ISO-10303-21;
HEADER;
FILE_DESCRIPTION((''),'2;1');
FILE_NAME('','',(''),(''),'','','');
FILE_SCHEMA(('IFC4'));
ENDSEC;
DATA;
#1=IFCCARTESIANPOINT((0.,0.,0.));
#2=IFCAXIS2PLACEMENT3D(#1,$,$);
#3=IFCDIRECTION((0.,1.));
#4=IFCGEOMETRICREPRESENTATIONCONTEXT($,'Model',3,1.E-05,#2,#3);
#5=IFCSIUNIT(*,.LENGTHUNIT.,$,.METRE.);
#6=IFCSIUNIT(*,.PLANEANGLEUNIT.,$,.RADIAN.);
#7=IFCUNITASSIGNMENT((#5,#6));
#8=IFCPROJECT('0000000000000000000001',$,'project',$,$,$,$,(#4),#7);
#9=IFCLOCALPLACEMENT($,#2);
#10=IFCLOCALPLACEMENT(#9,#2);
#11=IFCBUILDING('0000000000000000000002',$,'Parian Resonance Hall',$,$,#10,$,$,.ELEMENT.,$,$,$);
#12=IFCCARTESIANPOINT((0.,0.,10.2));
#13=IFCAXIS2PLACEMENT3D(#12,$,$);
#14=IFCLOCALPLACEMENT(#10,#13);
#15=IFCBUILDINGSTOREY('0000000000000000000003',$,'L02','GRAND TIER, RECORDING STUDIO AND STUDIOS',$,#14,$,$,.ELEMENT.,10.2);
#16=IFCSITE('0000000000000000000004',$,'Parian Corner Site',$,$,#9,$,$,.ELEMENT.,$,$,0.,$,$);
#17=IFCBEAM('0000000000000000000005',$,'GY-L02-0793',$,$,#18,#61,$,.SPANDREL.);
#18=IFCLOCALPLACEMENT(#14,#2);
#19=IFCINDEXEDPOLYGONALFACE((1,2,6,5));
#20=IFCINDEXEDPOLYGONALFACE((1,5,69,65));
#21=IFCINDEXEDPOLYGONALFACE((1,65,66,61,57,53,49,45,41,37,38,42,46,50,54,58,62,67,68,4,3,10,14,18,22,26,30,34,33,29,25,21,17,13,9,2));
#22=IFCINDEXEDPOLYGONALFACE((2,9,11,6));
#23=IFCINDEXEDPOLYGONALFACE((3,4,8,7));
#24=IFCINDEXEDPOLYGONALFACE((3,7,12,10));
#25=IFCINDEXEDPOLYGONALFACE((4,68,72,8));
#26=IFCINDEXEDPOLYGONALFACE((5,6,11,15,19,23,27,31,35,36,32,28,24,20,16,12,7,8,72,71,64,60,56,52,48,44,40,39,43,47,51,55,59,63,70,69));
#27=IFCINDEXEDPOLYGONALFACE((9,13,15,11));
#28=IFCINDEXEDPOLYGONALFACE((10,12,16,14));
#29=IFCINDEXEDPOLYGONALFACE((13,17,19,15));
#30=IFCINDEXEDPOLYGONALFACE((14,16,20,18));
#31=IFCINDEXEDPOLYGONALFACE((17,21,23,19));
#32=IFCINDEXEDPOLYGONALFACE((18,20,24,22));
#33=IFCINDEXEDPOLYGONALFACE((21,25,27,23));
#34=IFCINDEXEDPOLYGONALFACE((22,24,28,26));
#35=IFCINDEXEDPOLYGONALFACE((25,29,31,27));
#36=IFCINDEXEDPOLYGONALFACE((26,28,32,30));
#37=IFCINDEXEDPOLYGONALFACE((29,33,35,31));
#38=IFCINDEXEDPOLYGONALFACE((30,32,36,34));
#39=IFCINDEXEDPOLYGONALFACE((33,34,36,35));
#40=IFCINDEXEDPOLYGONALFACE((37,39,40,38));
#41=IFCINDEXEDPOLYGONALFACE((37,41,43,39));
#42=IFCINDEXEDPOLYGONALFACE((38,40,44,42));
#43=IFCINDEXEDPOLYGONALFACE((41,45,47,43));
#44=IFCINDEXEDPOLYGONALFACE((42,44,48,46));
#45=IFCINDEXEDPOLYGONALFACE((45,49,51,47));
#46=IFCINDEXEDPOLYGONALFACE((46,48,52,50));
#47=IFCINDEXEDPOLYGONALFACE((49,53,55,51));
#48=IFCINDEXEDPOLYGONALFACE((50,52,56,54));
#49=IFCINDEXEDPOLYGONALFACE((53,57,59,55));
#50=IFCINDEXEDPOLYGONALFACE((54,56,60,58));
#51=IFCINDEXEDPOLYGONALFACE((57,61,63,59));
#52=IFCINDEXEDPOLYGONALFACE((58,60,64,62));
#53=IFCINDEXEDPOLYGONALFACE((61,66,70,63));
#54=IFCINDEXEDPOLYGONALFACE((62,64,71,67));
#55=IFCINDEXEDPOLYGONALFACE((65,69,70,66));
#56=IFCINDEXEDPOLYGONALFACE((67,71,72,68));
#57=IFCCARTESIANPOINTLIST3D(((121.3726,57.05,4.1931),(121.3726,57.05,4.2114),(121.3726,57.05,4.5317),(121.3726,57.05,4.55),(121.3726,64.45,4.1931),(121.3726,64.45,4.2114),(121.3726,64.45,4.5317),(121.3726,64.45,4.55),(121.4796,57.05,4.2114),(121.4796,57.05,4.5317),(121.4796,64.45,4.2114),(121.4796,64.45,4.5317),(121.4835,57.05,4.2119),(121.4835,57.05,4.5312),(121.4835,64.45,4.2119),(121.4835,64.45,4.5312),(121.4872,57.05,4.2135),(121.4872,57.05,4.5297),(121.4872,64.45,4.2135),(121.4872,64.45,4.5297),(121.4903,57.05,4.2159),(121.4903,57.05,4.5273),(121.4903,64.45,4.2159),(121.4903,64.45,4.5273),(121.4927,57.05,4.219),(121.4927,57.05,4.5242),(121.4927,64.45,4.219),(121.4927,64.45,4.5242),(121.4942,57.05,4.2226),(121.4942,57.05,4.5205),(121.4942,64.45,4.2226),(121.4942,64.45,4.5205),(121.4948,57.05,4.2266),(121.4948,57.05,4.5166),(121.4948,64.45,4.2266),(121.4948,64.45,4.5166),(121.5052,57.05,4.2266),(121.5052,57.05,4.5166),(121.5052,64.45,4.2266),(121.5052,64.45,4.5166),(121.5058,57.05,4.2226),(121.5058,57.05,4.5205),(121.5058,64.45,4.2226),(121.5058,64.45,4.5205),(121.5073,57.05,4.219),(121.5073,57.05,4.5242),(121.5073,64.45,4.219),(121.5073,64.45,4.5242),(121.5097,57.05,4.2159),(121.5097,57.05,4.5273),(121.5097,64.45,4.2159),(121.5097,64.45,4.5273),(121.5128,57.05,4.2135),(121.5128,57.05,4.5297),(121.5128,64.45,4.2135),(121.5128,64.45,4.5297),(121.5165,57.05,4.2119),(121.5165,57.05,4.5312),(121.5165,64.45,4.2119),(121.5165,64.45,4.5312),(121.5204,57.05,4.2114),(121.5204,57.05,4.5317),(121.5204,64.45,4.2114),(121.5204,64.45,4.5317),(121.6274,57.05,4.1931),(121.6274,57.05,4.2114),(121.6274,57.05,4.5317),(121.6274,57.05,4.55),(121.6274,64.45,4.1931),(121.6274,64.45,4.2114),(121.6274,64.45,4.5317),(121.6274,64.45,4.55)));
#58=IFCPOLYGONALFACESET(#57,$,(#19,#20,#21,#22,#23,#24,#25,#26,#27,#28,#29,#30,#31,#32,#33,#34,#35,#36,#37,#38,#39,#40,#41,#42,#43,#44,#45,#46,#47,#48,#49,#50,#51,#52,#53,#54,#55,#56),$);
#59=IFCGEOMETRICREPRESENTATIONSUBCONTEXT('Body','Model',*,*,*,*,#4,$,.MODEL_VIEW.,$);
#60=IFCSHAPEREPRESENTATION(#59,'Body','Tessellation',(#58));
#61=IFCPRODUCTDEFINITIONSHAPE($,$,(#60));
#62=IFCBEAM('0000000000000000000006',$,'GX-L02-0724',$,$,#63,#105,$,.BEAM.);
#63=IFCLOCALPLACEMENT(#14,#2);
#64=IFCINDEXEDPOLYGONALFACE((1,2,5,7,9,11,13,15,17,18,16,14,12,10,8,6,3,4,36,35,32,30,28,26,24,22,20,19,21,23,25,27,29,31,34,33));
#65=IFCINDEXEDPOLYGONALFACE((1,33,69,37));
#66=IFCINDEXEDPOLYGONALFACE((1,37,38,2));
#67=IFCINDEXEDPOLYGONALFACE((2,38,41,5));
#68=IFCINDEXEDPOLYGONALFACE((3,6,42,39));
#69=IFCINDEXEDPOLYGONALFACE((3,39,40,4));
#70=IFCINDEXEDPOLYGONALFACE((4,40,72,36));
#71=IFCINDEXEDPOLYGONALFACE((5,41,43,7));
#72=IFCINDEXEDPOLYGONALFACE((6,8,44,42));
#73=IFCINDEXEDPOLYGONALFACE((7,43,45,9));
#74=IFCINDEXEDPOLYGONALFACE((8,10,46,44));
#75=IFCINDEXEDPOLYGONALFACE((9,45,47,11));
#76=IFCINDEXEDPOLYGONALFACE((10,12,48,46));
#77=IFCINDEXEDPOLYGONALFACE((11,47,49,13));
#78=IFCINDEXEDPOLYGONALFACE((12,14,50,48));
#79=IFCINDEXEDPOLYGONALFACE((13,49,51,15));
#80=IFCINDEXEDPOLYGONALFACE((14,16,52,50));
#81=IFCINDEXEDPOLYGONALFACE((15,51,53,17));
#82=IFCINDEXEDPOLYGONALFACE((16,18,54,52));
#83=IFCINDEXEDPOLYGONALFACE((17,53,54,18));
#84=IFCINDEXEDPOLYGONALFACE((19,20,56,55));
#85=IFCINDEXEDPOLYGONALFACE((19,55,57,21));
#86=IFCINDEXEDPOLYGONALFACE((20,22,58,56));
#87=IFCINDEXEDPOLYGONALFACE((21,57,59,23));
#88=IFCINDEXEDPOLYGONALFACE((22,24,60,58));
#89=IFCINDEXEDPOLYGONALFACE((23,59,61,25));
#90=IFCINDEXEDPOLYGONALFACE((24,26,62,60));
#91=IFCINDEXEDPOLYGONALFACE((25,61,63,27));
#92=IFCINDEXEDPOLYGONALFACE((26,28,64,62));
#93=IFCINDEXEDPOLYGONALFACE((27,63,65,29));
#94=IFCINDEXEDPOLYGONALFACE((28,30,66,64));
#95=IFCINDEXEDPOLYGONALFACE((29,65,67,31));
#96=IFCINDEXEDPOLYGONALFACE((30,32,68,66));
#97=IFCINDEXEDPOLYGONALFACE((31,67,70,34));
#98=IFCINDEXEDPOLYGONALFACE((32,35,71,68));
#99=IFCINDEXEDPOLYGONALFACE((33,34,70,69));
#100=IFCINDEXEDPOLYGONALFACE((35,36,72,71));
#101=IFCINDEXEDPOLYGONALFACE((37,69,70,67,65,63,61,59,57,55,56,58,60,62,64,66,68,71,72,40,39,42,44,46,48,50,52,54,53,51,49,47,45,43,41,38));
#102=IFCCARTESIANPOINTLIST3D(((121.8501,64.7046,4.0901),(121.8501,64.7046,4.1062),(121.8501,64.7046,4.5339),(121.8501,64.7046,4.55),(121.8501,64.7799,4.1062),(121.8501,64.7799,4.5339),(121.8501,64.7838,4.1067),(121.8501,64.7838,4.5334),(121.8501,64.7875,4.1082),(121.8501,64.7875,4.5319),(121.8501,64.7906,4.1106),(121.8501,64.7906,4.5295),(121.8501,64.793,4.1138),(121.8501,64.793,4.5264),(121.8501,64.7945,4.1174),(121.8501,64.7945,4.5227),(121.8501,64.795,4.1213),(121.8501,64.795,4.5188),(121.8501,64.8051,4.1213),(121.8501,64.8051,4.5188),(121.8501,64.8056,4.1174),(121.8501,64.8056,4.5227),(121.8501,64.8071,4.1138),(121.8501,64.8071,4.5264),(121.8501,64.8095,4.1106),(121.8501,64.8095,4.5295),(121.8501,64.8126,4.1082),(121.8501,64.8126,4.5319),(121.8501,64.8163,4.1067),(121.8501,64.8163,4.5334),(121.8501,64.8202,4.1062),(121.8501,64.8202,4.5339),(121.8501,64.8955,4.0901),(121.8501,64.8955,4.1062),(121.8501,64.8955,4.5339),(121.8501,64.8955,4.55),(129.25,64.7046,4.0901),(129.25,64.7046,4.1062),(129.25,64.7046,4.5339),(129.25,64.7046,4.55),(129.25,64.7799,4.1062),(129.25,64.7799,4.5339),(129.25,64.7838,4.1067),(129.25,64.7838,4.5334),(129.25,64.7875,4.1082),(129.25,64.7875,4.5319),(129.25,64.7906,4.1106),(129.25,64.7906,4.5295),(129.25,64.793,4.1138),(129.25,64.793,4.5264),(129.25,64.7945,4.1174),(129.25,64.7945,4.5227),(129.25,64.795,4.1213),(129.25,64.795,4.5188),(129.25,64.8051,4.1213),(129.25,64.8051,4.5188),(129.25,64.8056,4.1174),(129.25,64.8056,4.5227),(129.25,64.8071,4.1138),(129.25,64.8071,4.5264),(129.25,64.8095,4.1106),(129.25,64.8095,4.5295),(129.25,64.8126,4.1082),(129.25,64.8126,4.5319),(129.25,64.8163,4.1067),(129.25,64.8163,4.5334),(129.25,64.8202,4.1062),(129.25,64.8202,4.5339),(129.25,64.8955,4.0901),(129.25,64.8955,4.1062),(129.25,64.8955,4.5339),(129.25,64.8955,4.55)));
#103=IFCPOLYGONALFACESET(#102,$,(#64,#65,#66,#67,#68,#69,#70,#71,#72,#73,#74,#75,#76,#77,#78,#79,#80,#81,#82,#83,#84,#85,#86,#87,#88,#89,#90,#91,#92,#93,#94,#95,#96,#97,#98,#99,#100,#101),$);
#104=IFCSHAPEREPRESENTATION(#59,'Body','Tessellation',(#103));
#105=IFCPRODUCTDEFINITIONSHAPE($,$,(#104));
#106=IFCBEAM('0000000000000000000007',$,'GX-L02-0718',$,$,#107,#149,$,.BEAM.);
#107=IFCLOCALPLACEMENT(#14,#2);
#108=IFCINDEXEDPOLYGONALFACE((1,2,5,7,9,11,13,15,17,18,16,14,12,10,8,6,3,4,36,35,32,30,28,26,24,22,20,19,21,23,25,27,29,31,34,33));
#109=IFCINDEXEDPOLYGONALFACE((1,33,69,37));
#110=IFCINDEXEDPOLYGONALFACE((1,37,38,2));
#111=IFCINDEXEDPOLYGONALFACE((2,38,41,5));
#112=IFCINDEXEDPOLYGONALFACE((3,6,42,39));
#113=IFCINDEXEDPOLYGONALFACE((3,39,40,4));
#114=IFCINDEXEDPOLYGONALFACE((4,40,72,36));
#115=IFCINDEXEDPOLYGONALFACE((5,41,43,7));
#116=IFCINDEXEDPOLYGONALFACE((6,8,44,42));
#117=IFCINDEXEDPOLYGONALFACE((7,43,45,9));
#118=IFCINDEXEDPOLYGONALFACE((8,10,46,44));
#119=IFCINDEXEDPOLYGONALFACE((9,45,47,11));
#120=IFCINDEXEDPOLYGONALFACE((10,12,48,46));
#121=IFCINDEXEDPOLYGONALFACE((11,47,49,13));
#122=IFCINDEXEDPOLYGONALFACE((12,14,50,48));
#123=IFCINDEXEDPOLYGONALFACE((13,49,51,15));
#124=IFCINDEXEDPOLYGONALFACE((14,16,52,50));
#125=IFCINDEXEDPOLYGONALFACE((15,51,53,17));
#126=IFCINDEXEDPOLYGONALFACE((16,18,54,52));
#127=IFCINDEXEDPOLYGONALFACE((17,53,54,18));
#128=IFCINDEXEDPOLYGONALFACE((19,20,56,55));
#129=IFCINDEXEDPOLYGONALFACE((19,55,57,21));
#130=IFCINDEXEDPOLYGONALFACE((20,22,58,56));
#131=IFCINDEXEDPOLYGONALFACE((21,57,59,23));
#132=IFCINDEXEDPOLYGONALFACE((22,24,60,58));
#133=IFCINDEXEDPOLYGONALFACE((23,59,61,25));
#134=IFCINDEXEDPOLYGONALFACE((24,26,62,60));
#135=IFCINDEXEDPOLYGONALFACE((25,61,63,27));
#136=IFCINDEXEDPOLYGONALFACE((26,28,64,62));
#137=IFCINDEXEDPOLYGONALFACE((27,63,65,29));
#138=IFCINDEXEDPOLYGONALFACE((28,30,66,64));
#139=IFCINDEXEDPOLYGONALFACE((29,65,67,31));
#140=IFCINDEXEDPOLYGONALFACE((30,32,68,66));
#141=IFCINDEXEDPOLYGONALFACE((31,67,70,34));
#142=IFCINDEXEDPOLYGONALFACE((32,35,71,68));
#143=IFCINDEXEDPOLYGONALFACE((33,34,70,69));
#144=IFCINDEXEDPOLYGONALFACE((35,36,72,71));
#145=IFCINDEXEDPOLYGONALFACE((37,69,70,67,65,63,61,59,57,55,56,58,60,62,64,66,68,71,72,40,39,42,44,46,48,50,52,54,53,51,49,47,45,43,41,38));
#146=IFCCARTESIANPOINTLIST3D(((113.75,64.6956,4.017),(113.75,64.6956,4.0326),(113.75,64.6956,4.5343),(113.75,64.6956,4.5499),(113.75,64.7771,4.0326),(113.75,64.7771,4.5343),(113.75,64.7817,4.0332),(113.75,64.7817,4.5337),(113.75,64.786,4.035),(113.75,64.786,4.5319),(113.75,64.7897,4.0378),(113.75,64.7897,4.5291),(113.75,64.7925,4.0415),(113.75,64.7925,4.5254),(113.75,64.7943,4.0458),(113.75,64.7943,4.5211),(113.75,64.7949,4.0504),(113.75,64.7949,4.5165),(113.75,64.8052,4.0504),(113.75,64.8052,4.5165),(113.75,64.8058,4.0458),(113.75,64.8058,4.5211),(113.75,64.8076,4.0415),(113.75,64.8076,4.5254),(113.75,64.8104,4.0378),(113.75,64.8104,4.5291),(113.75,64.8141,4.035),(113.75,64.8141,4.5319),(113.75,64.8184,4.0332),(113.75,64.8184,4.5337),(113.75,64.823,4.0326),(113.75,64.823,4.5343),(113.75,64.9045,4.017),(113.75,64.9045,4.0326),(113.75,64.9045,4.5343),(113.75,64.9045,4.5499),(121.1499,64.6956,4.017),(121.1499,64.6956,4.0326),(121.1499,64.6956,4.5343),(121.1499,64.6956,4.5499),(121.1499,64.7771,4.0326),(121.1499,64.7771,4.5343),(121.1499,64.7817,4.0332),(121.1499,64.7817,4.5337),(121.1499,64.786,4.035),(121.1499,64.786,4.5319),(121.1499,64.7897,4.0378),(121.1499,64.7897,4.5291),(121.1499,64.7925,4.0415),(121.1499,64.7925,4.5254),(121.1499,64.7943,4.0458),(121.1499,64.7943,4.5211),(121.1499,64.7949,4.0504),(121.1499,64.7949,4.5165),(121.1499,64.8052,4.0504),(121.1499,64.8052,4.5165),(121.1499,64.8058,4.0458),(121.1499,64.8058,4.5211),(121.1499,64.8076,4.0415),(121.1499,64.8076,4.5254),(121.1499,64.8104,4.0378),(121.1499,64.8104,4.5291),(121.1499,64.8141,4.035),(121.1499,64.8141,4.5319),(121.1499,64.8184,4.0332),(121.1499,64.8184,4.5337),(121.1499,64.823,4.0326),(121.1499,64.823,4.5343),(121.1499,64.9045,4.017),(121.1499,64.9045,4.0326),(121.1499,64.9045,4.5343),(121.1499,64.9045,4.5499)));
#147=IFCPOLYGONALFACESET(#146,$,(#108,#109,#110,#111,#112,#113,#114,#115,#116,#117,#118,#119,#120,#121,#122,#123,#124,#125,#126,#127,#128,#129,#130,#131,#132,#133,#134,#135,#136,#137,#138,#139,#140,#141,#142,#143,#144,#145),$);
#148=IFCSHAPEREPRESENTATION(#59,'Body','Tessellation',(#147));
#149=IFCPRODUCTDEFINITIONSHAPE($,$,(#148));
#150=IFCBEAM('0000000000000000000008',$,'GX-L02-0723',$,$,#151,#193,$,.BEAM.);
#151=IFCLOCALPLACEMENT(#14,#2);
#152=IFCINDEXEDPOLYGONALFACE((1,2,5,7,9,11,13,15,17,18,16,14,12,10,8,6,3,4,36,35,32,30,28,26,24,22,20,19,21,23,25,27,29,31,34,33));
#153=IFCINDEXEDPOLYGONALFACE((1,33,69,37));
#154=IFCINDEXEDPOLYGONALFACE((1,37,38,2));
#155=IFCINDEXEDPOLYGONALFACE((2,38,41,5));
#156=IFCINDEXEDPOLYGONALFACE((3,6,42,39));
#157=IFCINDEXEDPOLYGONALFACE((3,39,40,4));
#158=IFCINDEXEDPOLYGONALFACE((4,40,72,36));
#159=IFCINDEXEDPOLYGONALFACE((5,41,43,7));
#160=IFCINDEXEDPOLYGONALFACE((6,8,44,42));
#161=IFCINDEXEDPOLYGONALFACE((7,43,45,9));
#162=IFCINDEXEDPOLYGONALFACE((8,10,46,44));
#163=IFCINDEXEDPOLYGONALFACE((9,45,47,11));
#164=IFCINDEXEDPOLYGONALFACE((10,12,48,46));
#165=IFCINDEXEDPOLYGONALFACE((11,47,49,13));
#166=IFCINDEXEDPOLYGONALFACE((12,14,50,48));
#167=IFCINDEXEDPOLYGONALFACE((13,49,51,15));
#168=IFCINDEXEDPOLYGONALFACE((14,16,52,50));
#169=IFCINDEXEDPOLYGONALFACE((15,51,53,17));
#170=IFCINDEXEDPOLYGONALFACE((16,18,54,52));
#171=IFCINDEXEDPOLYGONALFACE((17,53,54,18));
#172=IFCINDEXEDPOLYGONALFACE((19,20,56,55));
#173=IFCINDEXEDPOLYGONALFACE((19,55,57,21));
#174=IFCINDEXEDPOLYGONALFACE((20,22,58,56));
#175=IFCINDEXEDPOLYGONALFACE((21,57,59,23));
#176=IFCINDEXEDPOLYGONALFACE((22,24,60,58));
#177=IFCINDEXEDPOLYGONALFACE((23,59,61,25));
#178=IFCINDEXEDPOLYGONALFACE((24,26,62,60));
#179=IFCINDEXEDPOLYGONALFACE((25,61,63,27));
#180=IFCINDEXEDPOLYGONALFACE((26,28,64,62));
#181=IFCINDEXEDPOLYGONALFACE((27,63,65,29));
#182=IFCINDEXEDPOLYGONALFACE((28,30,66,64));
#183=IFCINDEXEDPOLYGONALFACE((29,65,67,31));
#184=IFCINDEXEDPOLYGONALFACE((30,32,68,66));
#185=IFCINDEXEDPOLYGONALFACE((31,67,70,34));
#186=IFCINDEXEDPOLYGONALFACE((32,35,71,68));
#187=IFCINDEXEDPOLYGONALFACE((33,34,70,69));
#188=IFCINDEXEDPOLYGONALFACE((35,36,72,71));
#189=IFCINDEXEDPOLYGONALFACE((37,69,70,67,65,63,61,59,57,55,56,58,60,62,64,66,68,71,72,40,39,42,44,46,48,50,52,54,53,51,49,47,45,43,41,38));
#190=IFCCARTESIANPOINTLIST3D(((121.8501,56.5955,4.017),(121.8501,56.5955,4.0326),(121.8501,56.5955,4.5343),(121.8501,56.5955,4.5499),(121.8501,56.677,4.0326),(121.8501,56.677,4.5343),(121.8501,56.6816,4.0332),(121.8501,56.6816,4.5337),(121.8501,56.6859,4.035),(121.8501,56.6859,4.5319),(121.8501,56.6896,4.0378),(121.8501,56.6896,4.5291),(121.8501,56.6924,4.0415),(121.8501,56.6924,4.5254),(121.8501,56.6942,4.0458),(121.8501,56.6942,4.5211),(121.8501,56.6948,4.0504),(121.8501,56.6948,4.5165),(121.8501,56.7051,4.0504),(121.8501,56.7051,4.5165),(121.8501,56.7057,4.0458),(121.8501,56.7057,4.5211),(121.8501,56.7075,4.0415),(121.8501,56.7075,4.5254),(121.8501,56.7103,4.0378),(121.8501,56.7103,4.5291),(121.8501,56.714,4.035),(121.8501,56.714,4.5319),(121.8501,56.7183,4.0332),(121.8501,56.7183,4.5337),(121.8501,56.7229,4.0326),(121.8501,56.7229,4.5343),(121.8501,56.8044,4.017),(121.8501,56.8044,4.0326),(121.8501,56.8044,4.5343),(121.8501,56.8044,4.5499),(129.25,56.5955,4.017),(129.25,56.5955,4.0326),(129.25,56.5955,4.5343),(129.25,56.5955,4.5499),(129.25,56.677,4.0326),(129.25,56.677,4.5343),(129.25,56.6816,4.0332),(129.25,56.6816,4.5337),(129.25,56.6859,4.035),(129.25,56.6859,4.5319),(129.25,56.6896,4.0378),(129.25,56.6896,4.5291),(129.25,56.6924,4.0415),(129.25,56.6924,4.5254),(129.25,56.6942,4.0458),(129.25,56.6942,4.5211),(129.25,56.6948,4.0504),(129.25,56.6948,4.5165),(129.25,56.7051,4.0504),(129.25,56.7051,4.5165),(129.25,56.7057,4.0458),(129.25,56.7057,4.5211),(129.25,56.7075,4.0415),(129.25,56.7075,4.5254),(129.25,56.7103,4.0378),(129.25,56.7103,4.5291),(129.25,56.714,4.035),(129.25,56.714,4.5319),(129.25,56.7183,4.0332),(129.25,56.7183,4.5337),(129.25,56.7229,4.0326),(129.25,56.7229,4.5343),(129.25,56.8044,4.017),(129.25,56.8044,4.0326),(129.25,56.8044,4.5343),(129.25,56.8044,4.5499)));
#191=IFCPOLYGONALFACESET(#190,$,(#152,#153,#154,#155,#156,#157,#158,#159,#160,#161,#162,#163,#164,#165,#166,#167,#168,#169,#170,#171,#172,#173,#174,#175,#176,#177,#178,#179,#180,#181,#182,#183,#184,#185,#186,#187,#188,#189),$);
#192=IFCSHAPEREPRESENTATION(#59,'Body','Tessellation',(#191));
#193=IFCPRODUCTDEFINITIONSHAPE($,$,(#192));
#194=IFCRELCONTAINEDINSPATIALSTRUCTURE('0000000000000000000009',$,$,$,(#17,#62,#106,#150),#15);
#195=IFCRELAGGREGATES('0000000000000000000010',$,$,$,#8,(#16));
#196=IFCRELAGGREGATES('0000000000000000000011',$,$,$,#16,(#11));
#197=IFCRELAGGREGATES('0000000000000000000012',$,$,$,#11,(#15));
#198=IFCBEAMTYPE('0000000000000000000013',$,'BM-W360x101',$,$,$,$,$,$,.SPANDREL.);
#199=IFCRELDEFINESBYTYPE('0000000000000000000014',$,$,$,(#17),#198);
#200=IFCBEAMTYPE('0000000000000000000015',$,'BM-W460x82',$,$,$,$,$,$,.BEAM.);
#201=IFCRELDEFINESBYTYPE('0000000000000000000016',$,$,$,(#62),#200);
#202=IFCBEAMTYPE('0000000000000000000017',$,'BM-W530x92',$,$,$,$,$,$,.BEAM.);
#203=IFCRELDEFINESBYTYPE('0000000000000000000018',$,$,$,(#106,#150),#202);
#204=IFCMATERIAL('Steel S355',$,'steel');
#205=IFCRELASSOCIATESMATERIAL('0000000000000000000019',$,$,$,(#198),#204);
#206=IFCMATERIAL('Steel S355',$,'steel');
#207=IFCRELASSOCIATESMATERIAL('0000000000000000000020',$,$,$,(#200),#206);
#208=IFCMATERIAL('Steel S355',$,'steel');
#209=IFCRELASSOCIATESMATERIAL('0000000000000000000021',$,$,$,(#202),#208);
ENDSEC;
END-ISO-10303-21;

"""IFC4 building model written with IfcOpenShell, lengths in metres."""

from ifc_helpers import new_model, si_unit, direction, frame, origin, origin_2d, place, context, subcontext, project, spatial, i_section, extrude, material, material_profile, profile_set, type_object, element, save


model = new_model("IFC4")

# Units and contexts
model_context = context("Model", 3, precision=1e-05, world=origin(), true_north=direction((0.0, 1.0)))
body_context = subcontext(model_context, "Body", "Model", "MODEL_VIEW")
ifc_project = project(units=[si_unit("LENGTHUNIT", "METRE"), si_unit("PLANEANGLEUNIT", "RADIAN")], contexts=[model_context])

# Site, building, storey
site_placement = place(None, origin())
site = spatial("IfcSite", under=ifc_project, at=site_placement, Name="Parian Corner Site", CompositionType="ELEMENT", RefElevation=0.0)
building_placement = place(site_placement, origin())
building = spatial("IfcBuilding", under=site, at=building_placement, Name="Parian Resonance Hall", CompositionType="ELEMENT")
storey_placement = place(building_placement, frame((0.0, 0.0, 10.2)))
storey = spatial("IfcBuildingStorey", under=building, at=storey_placement, Name="L02", Description="GRAND TIER, RECORDING STUDIO AND STUDIOS", CompositionType="ELEMENT", Elevation=10.2)

# Beams
ifc_material_1 = material(Name="Steel S355", Category="steel")
ifc_material_profile_1 = material_profile(ifc_material_1, i_section(OverallWidth=0.2549, OverallDepth=0.3569, WebThickness=0.0105, FlangeThickness=0.0183, FilletRadius=0.0151, at=origin_2d()), Name="W360x101")
ifc_profile_set_1 = profile_set([ifc_material_profile_1], Name="Steel S355")
beam_type_1 = type_object("IfcBeamType", Name="BM-W360x101", PredefinedType="SPANDREL", material=ifc_profile_set_1)
beam_1_placement = place(storey_placement, frame((121.5, 57.05, 4.3716), z_axis=(0.0, 1.0, 0.0), x_axis=(-1.0, 0.0, 0.0)))
element("IfcBeam", 1, at=beam_1_placement, inside=storey, type_object=beam_type_1, Name="GY-L02-0793", PredefinedType="SPANDREL", context=body_context, shape_type="SweptSolid", body=[
    extrude(i_section(OverallWidth=0.2549, OverallDepth=0.3569, WebThickness=0.0105, FlangeThickness=0.0183, FilletRadius=0.0151, at=origin_2d()), origin(), (0.0, 0.0, 1.0), 7.3999),
])
ifc_material_2 = material(Name="Steel S355", Category="steel")
ifc_material_profile_2 = material_profile(ifc_material_2, i_section(OverallWidth=0.1909, OverallDepth=0.46, WebThickness=0.01, FlangeThickness=0.0161, FilletRadius=0.0151, at=origin_2d()), Name="W460x82")
ifc_profile_set_2 = profile_set([ifc_material_profile_2], Name="Steel S355")
beam_type_2 = type_object("IfcBeamType", Name="BM-W460x82", PredefinedType="BEAM", material=ifc_profile_set_2)
beam_2_placement = place(storey_placement, frame((121.8501, 64.8, 4.3201), z_axis=(1.0, 0.0, 0.0), x_axis=(0.0, 1.0, 0.0)))
element("IfcBeam", 2, at=beam_2_placement, inside=storey, type_object=beam_type_2, Name="GX-L02-0724", PredefinedType="BEAM", context=body_context, shape_type="SweptSolid", body=[
    extrude(i_section(OverallWidth=0.1909, OverallDepth=0.46, WebThickness=0.01, FlangeThickness=0.0161, FilletRadius=0.0151, at=origin_2d()), origin(), (0.0, 0.0, 1.0), 7.3999),
])
ifc_material_3 = material(Name="Steel S355", Category="steel")
ifc_material_profile_3 = material_profile(ifc_material_3, i_section(OverallWidth=0.209, OverallDepth=0.533, WebThickness=0.0103, FlangeThickness=0.0156, FilletRadius=0.0178, at=origin_2d()), Name="W530x92")
ifc_profile_set_3 = profile_set([ifc_material_profile_3], Name="Steel S355")
beam_type_3 = type_object("IfcBeamType", Name="BM-W530x92", PredefinedType="BEAM", material=ifc_profile_set_3)
for number, where, z_axis, x_axis, name in (
    (3, (113.75, 64.8, 4.2834), (1.0, 0.0, 0.0), (0.0, 1.0, 0.0), "GX-L02-0718"),
    (4, (121.8501, 56.7, 4.2834), (1.0, 0.0, 0.0), (0.0, 1.0, 0.0), "GX-L02-0723"),
):
    element("IfcBeam", number, at=place(storey_placement, frame(where, z_axis=z_axis, x_axis=x_axis)), inside=storey, type_object=beam_type_3, Name=name, PredefinedType="BEAM", context=body_context, shape_type="SweptSolid", body=[
        extrude(i_section(OverallWidth=0.209, OverallDepth=0.533, WebThickness=0.0103, FlangeThickness=0.0156, FilletRadius=0.0178, at=origin_2d()), origin(), (0.0, 0.0, 1.0), 7.3999),
    ])

save(model, "model.ifc")
